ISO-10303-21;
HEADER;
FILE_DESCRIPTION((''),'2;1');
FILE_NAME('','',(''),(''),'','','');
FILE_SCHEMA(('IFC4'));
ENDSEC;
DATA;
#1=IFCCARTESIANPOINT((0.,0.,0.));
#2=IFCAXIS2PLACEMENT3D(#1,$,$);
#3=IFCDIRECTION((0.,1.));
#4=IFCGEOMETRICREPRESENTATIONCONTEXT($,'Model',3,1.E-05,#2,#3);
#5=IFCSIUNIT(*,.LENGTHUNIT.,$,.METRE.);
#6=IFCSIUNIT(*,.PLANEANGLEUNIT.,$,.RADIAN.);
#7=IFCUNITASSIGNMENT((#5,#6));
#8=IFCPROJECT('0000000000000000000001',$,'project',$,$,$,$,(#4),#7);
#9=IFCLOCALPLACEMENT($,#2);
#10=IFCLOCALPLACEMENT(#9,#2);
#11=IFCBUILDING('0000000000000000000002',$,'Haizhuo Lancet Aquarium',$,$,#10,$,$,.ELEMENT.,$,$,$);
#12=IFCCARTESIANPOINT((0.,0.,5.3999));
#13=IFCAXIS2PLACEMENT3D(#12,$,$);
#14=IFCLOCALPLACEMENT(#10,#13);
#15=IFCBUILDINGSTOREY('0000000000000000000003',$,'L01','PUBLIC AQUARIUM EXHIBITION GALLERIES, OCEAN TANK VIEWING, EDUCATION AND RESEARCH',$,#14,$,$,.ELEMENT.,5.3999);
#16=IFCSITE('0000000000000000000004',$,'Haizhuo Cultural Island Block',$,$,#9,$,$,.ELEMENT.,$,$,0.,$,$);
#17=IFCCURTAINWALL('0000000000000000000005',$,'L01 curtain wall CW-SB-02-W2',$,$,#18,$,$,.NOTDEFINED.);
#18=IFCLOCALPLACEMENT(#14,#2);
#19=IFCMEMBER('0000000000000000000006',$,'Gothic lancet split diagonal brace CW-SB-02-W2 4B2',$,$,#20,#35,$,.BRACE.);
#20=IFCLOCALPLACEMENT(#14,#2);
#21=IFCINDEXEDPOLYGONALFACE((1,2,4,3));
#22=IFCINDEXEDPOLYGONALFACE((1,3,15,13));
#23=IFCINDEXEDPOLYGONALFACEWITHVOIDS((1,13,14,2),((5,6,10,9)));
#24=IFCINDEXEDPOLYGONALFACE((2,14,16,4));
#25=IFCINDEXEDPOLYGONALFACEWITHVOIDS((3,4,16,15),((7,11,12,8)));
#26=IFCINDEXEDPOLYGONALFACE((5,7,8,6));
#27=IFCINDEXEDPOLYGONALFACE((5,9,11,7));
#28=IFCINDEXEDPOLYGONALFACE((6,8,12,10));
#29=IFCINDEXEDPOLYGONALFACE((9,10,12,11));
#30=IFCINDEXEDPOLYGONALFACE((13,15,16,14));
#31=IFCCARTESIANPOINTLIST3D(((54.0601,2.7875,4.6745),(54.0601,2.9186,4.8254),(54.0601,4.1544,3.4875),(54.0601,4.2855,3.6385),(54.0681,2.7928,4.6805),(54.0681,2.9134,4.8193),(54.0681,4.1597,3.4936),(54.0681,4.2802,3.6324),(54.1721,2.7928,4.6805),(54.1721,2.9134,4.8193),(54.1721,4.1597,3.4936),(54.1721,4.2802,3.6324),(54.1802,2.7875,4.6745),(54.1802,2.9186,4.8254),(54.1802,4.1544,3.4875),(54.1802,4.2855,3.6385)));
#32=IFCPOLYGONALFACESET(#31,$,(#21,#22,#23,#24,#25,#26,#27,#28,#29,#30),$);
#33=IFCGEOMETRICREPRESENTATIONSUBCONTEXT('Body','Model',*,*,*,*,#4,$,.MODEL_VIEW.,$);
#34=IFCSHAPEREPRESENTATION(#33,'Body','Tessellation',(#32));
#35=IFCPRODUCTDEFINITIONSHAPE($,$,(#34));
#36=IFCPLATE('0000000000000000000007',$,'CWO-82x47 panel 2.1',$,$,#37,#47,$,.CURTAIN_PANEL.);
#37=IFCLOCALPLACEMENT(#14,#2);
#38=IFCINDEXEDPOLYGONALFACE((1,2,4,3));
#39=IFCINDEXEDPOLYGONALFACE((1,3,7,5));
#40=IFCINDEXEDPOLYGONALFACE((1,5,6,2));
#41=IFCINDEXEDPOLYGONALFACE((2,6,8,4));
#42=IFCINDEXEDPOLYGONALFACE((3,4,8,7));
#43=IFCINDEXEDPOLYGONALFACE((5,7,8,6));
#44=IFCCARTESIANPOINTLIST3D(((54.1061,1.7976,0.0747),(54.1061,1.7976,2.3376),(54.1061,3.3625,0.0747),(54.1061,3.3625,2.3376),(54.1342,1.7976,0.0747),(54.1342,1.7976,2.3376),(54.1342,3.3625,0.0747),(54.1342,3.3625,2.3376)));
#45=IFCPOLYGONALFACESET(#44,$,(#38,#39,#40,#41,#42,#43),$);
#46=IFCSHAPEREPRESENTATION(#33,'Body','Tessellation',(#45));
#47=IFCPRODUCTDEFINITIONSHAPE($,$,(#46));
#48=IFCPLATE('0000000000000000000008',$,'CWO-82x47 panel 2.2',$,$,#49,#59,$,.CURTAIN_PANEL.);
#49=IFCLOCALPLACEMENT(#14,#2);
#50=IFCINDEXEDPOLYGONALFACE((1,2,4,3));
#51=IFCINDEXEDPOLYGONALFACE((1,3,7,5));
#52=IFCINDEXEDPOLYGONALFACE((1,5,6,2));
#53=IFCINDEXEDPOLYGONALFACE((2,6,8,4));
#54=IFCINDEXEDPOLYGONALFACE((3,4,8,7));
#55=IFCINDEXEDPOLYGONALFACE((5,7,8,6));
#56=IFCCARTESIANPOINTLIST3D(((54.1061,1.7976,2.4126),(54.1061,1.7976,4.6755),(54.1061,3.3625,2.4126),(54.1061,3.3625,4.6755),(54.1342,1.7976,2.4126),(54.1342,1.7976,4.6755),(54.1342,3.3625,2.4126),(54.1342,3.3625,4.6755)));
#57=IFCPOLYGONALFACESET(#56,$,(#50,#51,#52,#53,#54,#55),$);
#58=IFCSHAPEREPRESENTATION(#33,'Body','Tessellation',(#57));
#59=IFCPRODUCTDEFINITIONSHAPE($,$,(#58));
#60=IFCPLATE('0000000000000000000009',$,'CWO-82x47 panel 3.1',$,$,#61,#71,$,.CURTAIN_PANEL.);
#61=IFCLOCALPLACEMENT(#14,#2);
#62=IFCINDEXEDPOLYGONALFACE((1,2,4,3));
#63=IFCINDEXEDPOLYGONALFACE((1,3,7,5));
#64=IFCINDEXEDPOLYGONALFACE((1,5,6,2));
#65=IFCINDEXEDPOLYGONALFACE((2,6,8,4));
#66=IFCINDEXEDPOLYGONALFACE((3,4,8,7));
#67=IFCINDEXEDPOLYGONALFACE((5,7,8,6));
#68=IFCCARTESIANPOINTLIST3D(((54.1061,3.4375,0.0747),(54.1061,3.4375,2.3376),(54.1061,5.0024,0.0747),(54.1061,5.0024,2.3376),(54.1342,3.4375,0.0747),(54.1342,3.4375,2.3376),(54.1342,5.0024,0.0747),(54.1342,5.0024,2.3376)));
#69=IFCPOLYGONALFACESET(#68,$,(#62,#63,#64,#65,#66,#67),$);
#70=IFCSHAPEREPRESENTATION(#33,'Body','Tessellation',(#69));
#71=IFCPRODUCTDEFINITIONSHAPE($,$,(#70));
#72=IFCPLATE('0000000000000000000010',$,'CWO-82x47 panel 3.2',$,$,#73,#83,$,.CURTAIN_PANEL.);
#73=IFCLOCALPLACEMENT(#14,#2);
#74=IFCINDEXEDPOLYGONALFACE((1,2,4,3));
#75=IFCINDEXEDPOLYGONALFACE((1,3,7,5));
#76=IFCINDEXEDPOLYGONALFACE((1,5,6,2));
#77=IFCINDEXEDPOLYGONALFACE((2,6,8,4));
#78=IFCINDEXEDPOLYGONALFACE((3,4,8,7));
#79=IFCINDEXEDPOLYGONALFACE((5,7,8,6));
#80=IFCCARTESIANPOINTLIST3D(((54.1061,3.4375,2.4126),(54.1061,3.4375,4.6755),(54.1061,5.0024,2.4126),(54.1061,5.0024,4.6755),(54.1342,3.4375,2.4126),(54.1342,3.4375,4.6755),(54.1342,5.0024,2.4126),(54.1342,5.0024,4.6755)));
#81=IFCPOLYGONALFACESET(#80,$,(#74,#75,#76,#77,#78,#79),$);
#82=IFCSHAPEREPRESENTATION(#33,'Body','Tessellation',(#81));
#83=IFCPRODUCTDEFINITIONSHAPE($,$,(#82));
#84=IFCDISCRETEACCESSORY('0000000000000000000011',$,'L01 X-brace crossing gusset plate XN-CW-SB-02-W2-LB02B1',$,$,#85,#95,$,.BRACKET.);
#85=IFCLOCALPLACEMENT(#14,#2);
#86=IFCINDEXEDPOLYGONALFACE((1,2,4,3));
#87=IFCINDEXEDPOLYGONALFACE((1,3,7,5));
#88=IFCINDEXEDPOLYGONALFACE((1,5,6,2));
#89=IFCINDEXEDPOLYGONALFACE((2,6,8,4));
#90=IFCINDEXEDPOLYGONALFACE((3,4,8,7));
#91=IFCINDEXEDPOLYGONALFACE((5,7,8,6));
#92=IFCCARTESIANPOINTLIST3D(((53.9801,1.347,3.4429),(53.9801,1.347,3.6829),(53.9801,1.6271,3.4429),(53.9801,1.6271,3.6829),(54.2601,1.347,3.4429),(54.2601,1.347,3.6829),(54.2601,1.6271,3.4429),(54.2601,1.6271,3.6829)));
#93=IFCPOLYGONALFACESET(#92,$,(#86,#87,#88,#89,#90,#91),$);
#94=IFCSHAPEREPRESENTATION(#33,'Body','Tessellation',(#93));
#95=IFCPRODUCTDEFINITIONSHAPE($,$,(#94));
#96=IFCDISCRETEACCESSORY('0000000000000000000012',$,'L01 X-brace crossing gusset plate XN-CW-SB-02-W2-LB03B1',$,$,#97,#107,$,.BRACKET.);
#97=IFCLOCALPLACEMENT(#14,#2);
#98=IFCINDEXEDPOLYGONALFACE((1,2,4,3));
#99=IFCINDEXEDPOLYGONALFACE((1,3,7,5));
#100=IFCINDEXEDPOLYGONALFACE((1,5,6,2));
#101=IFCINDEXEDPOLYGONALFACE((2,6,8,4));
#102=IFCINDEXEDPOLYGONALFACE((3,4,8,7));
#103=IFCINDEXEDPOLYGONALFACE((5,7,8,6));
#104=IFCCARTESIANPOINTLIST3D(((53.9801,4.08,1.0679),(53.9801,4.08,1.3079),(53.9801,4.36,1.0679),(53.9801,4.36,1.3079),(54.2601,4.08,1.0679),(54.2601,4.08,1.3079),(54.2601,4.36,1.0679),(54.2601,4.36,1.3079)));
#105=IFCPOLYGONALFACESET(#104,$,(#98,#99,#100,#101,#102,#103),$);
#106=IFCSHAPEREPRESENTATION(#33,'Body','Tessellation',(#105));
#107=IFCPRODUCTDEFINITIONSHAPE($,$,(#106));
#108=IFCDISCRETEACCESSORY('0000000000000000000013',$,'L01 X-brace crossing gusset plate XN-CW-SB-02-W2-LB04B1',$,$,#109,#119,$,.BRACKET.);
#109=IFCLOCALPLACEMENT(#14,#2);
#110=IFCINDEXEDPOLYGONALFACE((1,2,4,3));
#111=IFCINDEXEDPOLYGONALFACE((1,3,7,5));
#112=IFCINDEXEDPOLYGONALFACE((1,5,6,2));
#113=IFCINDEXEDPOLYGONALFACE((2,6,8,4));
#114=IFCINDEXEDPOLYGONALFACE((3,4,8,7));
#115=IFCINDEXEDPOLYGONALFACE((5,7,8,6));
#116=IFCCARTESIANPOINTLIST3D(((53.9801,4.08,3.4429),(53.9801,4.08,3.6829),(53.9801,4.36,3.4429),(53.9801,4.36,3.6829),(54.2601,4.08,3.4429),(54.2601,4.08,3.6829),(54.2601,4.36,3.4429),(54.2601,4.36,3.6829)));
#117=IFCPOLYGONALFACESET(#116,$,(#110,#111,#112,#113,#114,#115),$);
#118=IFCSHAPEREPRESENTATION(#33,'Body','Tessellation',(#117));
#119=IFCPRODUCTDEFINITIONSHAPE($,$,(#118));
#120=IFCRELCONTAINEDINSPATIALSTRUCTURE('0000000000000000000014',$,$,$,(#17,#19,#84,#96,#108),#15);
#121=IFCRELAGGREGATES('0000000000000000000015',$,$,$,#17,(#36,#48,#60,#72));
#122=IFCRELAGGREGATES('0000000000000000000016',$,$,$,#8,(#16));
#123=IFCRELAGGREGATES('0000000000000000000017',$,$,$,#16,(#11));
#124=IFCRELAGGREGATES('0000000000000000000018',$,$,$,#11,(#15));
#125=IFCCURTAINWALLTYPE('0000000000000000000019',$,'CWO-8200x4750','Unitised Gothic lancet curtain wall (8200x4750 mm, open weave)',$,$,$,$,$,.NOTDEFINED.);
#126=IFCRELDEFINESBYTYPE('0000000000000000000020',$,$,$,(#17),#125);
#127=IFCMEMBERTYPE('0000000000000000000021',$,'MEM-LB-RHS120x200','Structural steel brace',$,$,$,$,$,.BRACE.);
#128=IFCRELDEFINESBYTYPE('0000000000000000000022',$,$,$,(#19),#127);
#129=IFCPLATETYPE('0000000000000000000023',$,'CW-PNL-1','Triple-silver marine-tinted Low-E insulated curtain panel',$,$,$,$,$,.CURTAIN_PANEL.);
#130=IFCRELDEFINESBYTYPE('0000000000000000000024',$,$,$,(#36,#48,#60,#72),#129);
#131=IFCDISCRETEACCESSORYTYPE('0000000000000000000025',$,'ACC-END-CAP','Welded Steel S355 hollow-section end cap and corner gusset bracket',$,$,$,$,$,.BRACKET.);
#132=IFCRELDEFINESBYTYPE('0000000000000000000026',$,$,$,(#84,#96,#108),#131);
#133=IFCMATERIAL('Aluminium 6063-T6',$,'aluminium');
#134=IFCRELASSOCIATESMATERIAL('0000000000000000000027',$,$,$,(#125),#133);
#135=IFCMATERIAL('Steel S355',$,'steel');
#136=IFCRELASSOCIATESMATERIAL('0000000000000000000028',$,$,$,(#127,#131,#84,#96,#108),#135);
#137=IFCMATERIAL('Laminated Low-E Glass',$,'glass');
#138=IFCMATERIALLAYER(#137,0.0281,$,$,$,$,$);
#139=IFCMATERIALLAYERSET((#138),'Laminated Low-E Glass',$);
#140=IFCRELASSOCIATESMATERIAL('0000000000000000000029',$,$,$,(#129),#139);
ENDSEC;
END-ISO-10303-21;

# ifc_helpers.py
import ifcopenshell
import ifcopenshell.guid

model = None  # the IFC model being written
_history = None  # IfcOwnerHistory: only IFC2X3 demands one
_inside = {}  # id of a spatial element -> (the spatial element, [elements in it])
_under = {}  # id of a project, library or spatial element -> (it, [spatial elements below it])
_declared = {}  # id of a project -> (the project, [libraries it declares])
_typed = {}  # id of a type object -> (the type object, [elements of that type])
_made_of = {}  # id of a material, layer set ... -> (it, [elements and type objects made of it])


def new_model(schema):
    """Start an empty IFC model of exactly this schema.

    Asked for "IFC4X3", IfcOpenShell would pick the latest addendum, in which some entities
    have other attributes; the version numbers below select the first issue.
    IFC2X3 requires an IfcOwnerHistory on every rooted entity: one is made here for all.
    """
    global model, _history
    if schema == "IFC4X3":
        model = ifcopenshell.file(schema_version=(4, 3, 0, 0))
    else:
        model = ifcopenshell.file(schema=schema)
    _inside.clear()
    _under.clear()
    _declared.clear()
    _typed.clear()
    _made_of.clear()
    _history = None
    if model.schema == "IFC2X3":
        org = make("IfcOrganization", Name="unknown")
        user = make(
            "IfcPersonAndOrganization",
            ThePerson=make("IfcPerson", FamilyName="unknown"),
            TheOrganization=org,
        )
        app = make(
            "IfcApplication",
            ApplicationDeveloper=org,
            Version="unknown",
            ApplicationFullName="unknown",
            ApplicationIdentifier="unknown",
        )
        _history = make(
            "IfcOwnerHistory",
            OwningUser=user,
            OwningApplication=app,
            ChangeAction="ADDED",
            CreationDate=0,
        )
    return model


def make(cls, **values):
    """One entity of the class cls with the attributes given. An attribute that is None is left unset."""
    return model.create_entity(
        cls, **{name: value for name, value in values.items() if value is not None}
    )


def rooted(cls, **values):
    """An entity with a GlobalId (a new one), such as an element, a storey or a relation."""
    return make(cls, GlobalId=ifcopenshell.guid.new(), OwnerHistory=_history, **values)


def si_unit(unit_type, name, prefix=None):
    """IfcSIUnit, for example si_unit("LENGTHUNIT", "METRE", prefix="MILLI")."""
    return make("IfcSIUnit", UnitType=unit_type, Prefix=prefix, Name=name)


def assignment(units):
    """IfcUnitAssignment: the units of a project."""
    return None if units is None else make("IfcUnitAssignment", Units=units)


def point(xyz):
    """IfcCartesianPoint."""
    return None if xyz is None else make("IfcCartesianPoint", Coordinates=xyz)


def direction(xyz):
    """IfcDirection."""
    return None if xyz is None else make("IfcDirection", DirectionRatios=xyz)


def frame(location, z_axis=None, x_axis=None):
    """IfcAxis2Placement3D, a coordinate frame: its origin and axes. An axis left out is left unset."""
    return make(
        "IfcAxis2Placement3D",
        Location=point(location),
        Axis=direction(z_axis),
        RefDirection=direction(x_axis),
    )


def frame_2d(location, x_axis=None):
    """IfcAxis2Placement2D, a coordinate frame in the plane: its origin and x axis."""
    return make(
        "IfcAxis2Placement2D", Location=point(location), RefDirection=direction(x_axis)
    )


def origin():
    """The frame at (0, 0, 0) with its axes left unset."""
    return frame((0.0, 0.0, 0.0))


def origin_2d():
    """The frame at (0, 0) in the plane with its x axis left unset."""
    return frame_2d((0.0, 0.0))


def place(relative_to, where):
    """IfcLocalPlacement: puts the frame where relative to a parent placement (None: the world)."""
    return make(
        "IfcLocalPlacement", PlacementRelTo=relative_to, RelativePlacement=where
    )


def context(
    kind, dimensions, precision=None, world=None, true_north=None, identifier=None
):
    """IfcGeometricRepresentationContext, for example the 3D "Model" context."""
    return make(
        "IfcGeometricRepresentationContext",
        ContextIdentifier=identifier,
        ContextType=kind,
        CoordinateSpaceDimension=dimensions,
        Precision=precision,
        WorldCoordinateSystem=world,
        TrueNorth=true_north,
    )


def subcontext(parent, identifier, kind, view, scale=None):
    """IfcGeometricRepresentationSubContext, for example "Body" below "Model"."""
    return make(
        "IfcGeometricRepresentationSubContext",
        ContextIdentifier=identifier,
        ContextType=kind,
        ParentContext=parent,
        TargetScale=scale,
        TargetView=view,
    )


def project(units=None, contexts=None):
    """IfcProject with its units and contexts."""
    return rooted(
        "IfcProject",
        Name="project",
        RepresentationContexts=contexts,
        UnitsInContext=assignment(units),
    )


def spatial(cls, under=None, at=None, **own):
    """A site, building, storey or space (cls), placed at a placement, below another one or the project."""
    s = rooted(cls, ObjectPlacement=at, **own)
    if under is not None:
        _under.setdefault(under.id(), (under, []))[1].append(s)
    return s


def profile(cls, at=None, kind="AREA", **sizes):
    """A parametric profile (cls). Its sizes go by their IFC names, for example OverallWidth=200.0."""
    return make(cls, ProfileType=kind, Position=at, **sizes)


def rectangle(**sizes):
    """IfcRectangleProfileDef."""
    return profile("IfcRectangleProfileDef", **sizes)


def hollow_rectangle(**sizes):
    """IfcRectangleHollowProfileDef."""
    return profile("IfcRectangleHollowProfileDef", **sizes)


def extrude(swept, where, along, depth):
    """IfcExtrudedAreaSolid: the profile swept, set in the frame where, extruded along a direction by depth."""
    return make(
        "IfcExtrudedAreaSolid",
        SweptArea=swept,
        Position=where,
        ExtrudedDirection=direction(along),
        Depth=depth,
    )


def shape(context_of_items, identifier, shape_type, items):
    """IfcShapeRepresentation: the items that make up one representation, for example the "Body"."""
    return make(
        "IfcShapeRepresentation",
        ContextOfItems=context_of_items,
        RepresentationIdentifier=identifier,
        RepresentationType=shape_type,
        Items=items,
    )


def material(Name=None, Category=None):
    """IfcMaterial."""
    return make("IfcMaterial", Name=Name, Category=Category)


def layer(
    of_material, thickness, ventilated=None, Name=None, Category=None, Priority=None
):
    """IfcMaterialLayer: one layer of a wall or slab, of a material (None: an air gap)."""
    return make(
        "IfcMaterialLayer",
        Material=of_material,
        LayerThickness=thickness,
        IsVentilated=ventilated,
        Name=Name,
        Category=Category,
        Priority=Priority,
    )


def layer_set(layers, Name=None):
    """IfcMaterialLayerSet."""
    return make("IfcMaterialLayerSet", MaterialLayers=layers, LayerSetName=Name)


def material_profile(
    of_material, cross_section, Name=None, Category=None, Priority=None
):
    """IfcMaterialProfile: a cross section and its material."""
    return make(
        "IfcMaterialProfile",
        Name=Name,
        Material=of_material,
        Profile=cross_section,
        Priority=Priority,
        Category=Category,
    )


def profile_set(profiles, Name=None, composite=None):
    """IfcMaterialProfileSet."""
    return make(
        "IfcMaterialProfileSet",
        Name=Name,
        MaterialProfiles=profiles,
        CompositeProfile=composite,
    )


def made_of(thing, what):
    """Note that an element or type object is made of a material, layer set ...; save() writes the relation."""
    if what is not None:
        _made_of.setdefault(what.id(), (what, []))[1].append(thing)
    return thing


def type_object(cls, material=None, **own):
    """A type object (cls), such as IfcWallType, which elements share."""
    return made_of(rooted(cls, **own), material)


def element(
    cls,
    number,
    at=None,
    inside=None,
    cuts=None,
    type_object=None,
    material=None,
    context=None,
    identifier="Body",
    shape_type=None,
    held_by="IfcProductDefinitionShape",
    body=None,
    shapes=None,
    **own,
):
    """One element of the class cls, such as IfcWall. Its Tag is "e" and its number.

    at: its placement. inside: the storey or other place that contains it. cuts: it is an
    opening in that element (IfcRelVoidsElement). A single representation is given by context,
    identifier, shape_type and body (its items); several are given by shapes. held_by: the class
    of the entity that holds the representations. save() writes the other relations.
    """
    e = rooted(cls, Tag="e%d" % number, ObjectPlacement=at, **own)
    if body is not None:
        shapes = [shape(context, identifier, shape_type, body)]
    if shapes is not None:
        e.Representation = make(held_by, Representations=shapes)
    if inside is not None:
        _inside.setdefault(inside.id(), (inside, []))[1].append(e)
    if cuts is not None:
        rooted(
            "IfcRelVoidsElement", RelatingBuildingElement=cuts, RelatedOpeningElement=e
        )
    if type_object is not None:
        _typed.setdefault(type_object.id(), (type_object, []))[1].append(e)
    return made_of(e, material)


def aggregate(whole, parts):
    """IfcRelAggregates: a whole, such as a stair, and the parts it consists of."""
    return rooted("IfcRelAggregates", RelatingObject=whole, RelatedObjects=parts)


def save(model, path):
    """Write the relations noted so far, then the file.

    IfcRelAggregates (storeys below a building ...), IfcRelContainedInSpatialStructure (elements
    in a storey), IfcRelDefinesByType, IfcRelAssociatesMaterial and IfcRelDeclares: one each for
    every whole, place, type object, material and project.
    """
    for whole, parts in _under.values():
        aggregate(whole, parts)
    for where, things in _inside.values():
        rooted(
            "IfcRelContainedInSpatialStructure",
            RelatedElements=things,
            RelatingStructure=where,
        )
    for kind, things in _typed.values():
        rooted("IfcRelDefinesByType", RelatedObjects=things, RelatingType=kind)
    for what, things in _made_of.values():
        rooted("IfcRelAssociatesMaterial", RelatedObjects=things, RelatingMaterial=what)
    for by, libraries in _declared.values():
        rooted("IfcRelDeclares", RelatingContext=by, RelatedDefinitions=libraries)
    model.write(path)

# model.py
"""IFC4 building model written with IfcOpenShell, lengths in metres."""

from ifc_helpers import new_model, si_unit, direction, frame, origin, origin_2d, place, context, subcontext, project, spatial, rectangle, hollow_rectangle, extrude, material, layer, layer_set, material_profile, profile_set, type_object, element, aggregate, save


model = new_model("IFC4")

# Units and contexts
model_context = context("Model", 3, precision=1e-05, world=origin(), true_north=direction((0.0, 1.0)))
body_context = subcontext(model_context, "Body", "Model", "MODEL_VIEW")
ifc_project = project(units=[si_unit("LENGTHUNIT", "METRE"), si_unit("PLANEANGLEUNIT", "RADIAN")], contexts=[model_context])

# Site, building, storey
site_placement = place(None, origin())
site = spatial("IfcSite", under=ifc_project, at=site_placement, Name="Haizhuo Cultural Island Block", CompositionType="ELEMENT", RefElevation=0.0)
building_placement = place(site_placement, origin())
building = spatial("IfcBuilding", under=site, at=building_placement, Name="Haizhuo Lancet Aquarium", CompositionType="ELEMENT")
storey_placement = place(building_placement, frame((0.0, 0.0, 5.3999)))
storey = spatial("IfcBuildingStorey", under=building, at=storey_placement, Name="L01", Description="PUBLIC AQUARIUM EXHIBITION GALLERIES, OCEAN TANK VIEWING, EDUCATION AND RESEARCH", CompositionType="ELEMENT", Elevation=5.3999)

# Shared definitions
ifc_material_1 = material(Name="Steel S355", Category="steel")

# Curtain wall
ifc_material_2 = material(Name="Aluminium 6063-T6", Category="aluminium")
curtain_wall_type = type_object("IfcCurtainWallType", Name="CWO-8200x4750", Description="Unitised Gothic lancet curtain wall (8200x4750 mm, open weave)", PredefinedType="NOTDEFINED", material=ifc_material_2)
curtain_wall_placement = place(storey_placement, origin())
curtain_wall = element("IfcCurtainWall", 1, at=curtain_wall_placement, inside=storey, type_object=curtain_wall_type, Name="L01 curtain wall CW-SB-02-W2", PredefinedType="NOTDEFINED")

# Member
ifc_material_profile_1 = material_profile(ifc_material_1, hollow_rectangle(XDim=0.1201, YDim=0.2, WallThickness=0.0081, at=origin_2d()), Name="RHS 120x200x8")
ifc_profile_set_1 = profile_set([ifc_material_profile_1], Name="Steel S355")
member_type_1 = type_object("IfcMemberType", Name="MEM-LB-RHS120x200", Description="Structural steel brace", PredefinedType="BRACE", material=ifc_profile_set_1)
member_1_placement = place(storey_placement, frame((54.1201, 4.22, 3.563), z_axis=(0.0, -0.755052, 0.655664), x_axis=(1.0, 0.0, 0.0)))
element("IfcMember", 2, at=member_1_placement, inside=storey, type_object=member_type_1, Name="Gothic lancet split diagonal brace CW-SB-02-W2 4B2", PredefinedType="BRACE", context=body_context, shape_type="SweptSolid", body=[
    extrude(hollow_rectangle(XDim=0.1201, YDim=0.2, WallThickness=0.0081, at=origin_2d()), origin(), (0.0, 0.0, 1.0), 1.8103),
])

# Plates
ifc_material_3 = material(Name="Laminated Low-E Glass", Category="glass")
ifc_layer = layer(ifc_material_3, 0.0281)
ifc_layer_set = layer_set([ifc_layer], Name="Laminated Low-E Glass")
plate_type = type_object("IfcPlateType", Name="CW-PNL-1", Description="Triple-silver marine-tinted Low-E insulated curtain panel", PredefinedType="CURTAIN_PANEL", material=ifc_layer_set)
plate_1_placement = place(storey_placement, frame((54.1201, 2.5801, 0.0747), z_axis=(0.0, 0.0, 1.0), x_axis=(0.0, 1.0, 0.0)))
plate_1 = element("IfcPlate", 3, at=plate_1_placement, type_object=plate_type, Name="CWO-82x47 panel 2.1", PredefinedType="CURTAIN_PANEL", context=body_context, shape_type="SweptSolid", body=[
    extrude(rectangle(XDim=1.5649, YDim=0.0281, at=origin_2d()), origin(), (0.0, 0.0, 1.0), 2.2629),
])
plate_2_placement = place(storey_placement, frame((54.1201, 2.5801, 2.4126), z_axis=(0.0, 0.0, 1.0), x_axis=(0.0, 1.0, 0.0)))
plate_2 = element("IfcPlate", 4, at=plate_2_placement, type_object=plate_type, Name="CWO-82x47 panel 2.2", PredefinedType="CURTAIN_PANEL", context=body_context, shape_type="SweptSolid", body=[
    extrude(rectangle(XDim=1.5649, YDim=0.0281, at=origin_2d()), origin(), (0.0, 0.0, 1.0), 2.2629),
])
plate_3_placement = place(storey_placement, frame((54.1201, 4.22, 0.0747), z_axis=(0.0, 0.0, 1.0), x_axis=(0.0, 1.0, 0.0)))
plate_3 = element("IfcPlate", 5, at=plate_3_placement, type_object=plate_type, Name="CWO-82x47 panel 3.1", PredefinedType="CURTAIN_PANEL", context=body_context, shape_type="SweptSolid", body=[
    extrude(rectangle(XDim=1.5649, YDim=0.0281, at=origin_2d()), origin(), (0.0, 0.0, 1.0), 2.2629),
])
plate_4_placement = place(storey_placement, frame((54.1201, 4.22, 2.4126), z_axis=(0.0, 0.0, 1.0), x_axis=(0.0, 1.0, 0.0)))
plate_4 = element("IfcPlate", 6, at=plate_4_placement, type_object=plate_type, Name="CWO-82x47 panel 3.2", PredefinedType="CURTAIN_PANEL", context=body_context, shape_type="SweptSolid", body=[
    extrude(rectangle(XDim=1.5649, YDim=0.0281, at=origin_2d()), origin(), (0.0, 0.0, 1.0), 2.2629),
])
aggregate(curtain_wall, [plate_1, plate_2, plate_3, plate_4])

# Discrete accessories
discrete_accessory_type = type_object("IfcDiscreteAccessoryType", Name="ACC-END-CAP", Description="Welded Steel S355 hollow-section end cap and corner gusset bracket", PredefinedType="BRACKET", material=ifc_material_1)
for number, where, z_axis, x_axis, name in (
    (7, (54.1201, 1.4871, 3.4429), (0.0, 0.0, 1.0), (1.0, 0.0, 0.0), "L01 X-brace crossing gusset plate XN-CW-SB-02-W2-LB02B1"),
    (8, (54.1201, 4.22, 1.0679), (0.0, 0.0, 1.0), (1.0, 0.0, 0.0), "L01 X-brace crossing gusset plate XN-CW-SB-02-W2-LB03B1"),
    (9, (54.1201, 4.22, 3.4429), (0.0, 0.0, 1.0), (1.0, 0.0, 0.0), "L01 X-brace crossing gusset plate XN-CW-SB-02-W2-LB04B1"),
):
    element("IfcDiscreteAccessory", number, at=place(storey_placement, frame(where, z_axis=z_axis, x_axis=x_axis)), inside=storey, type_object=discrete_accessory_type, material=ifc_material_1, Name=name, PredefinedType="BRACKET", context=body_context, shape_type="SweptSolid", body=[
        extrude(rectangle(XDim=0.28, YDim=0.28, at=origin_2d()), origin(), (0.0, 0.0, 1.0), 0.24),
    ])

save(model, "model.ifc")
